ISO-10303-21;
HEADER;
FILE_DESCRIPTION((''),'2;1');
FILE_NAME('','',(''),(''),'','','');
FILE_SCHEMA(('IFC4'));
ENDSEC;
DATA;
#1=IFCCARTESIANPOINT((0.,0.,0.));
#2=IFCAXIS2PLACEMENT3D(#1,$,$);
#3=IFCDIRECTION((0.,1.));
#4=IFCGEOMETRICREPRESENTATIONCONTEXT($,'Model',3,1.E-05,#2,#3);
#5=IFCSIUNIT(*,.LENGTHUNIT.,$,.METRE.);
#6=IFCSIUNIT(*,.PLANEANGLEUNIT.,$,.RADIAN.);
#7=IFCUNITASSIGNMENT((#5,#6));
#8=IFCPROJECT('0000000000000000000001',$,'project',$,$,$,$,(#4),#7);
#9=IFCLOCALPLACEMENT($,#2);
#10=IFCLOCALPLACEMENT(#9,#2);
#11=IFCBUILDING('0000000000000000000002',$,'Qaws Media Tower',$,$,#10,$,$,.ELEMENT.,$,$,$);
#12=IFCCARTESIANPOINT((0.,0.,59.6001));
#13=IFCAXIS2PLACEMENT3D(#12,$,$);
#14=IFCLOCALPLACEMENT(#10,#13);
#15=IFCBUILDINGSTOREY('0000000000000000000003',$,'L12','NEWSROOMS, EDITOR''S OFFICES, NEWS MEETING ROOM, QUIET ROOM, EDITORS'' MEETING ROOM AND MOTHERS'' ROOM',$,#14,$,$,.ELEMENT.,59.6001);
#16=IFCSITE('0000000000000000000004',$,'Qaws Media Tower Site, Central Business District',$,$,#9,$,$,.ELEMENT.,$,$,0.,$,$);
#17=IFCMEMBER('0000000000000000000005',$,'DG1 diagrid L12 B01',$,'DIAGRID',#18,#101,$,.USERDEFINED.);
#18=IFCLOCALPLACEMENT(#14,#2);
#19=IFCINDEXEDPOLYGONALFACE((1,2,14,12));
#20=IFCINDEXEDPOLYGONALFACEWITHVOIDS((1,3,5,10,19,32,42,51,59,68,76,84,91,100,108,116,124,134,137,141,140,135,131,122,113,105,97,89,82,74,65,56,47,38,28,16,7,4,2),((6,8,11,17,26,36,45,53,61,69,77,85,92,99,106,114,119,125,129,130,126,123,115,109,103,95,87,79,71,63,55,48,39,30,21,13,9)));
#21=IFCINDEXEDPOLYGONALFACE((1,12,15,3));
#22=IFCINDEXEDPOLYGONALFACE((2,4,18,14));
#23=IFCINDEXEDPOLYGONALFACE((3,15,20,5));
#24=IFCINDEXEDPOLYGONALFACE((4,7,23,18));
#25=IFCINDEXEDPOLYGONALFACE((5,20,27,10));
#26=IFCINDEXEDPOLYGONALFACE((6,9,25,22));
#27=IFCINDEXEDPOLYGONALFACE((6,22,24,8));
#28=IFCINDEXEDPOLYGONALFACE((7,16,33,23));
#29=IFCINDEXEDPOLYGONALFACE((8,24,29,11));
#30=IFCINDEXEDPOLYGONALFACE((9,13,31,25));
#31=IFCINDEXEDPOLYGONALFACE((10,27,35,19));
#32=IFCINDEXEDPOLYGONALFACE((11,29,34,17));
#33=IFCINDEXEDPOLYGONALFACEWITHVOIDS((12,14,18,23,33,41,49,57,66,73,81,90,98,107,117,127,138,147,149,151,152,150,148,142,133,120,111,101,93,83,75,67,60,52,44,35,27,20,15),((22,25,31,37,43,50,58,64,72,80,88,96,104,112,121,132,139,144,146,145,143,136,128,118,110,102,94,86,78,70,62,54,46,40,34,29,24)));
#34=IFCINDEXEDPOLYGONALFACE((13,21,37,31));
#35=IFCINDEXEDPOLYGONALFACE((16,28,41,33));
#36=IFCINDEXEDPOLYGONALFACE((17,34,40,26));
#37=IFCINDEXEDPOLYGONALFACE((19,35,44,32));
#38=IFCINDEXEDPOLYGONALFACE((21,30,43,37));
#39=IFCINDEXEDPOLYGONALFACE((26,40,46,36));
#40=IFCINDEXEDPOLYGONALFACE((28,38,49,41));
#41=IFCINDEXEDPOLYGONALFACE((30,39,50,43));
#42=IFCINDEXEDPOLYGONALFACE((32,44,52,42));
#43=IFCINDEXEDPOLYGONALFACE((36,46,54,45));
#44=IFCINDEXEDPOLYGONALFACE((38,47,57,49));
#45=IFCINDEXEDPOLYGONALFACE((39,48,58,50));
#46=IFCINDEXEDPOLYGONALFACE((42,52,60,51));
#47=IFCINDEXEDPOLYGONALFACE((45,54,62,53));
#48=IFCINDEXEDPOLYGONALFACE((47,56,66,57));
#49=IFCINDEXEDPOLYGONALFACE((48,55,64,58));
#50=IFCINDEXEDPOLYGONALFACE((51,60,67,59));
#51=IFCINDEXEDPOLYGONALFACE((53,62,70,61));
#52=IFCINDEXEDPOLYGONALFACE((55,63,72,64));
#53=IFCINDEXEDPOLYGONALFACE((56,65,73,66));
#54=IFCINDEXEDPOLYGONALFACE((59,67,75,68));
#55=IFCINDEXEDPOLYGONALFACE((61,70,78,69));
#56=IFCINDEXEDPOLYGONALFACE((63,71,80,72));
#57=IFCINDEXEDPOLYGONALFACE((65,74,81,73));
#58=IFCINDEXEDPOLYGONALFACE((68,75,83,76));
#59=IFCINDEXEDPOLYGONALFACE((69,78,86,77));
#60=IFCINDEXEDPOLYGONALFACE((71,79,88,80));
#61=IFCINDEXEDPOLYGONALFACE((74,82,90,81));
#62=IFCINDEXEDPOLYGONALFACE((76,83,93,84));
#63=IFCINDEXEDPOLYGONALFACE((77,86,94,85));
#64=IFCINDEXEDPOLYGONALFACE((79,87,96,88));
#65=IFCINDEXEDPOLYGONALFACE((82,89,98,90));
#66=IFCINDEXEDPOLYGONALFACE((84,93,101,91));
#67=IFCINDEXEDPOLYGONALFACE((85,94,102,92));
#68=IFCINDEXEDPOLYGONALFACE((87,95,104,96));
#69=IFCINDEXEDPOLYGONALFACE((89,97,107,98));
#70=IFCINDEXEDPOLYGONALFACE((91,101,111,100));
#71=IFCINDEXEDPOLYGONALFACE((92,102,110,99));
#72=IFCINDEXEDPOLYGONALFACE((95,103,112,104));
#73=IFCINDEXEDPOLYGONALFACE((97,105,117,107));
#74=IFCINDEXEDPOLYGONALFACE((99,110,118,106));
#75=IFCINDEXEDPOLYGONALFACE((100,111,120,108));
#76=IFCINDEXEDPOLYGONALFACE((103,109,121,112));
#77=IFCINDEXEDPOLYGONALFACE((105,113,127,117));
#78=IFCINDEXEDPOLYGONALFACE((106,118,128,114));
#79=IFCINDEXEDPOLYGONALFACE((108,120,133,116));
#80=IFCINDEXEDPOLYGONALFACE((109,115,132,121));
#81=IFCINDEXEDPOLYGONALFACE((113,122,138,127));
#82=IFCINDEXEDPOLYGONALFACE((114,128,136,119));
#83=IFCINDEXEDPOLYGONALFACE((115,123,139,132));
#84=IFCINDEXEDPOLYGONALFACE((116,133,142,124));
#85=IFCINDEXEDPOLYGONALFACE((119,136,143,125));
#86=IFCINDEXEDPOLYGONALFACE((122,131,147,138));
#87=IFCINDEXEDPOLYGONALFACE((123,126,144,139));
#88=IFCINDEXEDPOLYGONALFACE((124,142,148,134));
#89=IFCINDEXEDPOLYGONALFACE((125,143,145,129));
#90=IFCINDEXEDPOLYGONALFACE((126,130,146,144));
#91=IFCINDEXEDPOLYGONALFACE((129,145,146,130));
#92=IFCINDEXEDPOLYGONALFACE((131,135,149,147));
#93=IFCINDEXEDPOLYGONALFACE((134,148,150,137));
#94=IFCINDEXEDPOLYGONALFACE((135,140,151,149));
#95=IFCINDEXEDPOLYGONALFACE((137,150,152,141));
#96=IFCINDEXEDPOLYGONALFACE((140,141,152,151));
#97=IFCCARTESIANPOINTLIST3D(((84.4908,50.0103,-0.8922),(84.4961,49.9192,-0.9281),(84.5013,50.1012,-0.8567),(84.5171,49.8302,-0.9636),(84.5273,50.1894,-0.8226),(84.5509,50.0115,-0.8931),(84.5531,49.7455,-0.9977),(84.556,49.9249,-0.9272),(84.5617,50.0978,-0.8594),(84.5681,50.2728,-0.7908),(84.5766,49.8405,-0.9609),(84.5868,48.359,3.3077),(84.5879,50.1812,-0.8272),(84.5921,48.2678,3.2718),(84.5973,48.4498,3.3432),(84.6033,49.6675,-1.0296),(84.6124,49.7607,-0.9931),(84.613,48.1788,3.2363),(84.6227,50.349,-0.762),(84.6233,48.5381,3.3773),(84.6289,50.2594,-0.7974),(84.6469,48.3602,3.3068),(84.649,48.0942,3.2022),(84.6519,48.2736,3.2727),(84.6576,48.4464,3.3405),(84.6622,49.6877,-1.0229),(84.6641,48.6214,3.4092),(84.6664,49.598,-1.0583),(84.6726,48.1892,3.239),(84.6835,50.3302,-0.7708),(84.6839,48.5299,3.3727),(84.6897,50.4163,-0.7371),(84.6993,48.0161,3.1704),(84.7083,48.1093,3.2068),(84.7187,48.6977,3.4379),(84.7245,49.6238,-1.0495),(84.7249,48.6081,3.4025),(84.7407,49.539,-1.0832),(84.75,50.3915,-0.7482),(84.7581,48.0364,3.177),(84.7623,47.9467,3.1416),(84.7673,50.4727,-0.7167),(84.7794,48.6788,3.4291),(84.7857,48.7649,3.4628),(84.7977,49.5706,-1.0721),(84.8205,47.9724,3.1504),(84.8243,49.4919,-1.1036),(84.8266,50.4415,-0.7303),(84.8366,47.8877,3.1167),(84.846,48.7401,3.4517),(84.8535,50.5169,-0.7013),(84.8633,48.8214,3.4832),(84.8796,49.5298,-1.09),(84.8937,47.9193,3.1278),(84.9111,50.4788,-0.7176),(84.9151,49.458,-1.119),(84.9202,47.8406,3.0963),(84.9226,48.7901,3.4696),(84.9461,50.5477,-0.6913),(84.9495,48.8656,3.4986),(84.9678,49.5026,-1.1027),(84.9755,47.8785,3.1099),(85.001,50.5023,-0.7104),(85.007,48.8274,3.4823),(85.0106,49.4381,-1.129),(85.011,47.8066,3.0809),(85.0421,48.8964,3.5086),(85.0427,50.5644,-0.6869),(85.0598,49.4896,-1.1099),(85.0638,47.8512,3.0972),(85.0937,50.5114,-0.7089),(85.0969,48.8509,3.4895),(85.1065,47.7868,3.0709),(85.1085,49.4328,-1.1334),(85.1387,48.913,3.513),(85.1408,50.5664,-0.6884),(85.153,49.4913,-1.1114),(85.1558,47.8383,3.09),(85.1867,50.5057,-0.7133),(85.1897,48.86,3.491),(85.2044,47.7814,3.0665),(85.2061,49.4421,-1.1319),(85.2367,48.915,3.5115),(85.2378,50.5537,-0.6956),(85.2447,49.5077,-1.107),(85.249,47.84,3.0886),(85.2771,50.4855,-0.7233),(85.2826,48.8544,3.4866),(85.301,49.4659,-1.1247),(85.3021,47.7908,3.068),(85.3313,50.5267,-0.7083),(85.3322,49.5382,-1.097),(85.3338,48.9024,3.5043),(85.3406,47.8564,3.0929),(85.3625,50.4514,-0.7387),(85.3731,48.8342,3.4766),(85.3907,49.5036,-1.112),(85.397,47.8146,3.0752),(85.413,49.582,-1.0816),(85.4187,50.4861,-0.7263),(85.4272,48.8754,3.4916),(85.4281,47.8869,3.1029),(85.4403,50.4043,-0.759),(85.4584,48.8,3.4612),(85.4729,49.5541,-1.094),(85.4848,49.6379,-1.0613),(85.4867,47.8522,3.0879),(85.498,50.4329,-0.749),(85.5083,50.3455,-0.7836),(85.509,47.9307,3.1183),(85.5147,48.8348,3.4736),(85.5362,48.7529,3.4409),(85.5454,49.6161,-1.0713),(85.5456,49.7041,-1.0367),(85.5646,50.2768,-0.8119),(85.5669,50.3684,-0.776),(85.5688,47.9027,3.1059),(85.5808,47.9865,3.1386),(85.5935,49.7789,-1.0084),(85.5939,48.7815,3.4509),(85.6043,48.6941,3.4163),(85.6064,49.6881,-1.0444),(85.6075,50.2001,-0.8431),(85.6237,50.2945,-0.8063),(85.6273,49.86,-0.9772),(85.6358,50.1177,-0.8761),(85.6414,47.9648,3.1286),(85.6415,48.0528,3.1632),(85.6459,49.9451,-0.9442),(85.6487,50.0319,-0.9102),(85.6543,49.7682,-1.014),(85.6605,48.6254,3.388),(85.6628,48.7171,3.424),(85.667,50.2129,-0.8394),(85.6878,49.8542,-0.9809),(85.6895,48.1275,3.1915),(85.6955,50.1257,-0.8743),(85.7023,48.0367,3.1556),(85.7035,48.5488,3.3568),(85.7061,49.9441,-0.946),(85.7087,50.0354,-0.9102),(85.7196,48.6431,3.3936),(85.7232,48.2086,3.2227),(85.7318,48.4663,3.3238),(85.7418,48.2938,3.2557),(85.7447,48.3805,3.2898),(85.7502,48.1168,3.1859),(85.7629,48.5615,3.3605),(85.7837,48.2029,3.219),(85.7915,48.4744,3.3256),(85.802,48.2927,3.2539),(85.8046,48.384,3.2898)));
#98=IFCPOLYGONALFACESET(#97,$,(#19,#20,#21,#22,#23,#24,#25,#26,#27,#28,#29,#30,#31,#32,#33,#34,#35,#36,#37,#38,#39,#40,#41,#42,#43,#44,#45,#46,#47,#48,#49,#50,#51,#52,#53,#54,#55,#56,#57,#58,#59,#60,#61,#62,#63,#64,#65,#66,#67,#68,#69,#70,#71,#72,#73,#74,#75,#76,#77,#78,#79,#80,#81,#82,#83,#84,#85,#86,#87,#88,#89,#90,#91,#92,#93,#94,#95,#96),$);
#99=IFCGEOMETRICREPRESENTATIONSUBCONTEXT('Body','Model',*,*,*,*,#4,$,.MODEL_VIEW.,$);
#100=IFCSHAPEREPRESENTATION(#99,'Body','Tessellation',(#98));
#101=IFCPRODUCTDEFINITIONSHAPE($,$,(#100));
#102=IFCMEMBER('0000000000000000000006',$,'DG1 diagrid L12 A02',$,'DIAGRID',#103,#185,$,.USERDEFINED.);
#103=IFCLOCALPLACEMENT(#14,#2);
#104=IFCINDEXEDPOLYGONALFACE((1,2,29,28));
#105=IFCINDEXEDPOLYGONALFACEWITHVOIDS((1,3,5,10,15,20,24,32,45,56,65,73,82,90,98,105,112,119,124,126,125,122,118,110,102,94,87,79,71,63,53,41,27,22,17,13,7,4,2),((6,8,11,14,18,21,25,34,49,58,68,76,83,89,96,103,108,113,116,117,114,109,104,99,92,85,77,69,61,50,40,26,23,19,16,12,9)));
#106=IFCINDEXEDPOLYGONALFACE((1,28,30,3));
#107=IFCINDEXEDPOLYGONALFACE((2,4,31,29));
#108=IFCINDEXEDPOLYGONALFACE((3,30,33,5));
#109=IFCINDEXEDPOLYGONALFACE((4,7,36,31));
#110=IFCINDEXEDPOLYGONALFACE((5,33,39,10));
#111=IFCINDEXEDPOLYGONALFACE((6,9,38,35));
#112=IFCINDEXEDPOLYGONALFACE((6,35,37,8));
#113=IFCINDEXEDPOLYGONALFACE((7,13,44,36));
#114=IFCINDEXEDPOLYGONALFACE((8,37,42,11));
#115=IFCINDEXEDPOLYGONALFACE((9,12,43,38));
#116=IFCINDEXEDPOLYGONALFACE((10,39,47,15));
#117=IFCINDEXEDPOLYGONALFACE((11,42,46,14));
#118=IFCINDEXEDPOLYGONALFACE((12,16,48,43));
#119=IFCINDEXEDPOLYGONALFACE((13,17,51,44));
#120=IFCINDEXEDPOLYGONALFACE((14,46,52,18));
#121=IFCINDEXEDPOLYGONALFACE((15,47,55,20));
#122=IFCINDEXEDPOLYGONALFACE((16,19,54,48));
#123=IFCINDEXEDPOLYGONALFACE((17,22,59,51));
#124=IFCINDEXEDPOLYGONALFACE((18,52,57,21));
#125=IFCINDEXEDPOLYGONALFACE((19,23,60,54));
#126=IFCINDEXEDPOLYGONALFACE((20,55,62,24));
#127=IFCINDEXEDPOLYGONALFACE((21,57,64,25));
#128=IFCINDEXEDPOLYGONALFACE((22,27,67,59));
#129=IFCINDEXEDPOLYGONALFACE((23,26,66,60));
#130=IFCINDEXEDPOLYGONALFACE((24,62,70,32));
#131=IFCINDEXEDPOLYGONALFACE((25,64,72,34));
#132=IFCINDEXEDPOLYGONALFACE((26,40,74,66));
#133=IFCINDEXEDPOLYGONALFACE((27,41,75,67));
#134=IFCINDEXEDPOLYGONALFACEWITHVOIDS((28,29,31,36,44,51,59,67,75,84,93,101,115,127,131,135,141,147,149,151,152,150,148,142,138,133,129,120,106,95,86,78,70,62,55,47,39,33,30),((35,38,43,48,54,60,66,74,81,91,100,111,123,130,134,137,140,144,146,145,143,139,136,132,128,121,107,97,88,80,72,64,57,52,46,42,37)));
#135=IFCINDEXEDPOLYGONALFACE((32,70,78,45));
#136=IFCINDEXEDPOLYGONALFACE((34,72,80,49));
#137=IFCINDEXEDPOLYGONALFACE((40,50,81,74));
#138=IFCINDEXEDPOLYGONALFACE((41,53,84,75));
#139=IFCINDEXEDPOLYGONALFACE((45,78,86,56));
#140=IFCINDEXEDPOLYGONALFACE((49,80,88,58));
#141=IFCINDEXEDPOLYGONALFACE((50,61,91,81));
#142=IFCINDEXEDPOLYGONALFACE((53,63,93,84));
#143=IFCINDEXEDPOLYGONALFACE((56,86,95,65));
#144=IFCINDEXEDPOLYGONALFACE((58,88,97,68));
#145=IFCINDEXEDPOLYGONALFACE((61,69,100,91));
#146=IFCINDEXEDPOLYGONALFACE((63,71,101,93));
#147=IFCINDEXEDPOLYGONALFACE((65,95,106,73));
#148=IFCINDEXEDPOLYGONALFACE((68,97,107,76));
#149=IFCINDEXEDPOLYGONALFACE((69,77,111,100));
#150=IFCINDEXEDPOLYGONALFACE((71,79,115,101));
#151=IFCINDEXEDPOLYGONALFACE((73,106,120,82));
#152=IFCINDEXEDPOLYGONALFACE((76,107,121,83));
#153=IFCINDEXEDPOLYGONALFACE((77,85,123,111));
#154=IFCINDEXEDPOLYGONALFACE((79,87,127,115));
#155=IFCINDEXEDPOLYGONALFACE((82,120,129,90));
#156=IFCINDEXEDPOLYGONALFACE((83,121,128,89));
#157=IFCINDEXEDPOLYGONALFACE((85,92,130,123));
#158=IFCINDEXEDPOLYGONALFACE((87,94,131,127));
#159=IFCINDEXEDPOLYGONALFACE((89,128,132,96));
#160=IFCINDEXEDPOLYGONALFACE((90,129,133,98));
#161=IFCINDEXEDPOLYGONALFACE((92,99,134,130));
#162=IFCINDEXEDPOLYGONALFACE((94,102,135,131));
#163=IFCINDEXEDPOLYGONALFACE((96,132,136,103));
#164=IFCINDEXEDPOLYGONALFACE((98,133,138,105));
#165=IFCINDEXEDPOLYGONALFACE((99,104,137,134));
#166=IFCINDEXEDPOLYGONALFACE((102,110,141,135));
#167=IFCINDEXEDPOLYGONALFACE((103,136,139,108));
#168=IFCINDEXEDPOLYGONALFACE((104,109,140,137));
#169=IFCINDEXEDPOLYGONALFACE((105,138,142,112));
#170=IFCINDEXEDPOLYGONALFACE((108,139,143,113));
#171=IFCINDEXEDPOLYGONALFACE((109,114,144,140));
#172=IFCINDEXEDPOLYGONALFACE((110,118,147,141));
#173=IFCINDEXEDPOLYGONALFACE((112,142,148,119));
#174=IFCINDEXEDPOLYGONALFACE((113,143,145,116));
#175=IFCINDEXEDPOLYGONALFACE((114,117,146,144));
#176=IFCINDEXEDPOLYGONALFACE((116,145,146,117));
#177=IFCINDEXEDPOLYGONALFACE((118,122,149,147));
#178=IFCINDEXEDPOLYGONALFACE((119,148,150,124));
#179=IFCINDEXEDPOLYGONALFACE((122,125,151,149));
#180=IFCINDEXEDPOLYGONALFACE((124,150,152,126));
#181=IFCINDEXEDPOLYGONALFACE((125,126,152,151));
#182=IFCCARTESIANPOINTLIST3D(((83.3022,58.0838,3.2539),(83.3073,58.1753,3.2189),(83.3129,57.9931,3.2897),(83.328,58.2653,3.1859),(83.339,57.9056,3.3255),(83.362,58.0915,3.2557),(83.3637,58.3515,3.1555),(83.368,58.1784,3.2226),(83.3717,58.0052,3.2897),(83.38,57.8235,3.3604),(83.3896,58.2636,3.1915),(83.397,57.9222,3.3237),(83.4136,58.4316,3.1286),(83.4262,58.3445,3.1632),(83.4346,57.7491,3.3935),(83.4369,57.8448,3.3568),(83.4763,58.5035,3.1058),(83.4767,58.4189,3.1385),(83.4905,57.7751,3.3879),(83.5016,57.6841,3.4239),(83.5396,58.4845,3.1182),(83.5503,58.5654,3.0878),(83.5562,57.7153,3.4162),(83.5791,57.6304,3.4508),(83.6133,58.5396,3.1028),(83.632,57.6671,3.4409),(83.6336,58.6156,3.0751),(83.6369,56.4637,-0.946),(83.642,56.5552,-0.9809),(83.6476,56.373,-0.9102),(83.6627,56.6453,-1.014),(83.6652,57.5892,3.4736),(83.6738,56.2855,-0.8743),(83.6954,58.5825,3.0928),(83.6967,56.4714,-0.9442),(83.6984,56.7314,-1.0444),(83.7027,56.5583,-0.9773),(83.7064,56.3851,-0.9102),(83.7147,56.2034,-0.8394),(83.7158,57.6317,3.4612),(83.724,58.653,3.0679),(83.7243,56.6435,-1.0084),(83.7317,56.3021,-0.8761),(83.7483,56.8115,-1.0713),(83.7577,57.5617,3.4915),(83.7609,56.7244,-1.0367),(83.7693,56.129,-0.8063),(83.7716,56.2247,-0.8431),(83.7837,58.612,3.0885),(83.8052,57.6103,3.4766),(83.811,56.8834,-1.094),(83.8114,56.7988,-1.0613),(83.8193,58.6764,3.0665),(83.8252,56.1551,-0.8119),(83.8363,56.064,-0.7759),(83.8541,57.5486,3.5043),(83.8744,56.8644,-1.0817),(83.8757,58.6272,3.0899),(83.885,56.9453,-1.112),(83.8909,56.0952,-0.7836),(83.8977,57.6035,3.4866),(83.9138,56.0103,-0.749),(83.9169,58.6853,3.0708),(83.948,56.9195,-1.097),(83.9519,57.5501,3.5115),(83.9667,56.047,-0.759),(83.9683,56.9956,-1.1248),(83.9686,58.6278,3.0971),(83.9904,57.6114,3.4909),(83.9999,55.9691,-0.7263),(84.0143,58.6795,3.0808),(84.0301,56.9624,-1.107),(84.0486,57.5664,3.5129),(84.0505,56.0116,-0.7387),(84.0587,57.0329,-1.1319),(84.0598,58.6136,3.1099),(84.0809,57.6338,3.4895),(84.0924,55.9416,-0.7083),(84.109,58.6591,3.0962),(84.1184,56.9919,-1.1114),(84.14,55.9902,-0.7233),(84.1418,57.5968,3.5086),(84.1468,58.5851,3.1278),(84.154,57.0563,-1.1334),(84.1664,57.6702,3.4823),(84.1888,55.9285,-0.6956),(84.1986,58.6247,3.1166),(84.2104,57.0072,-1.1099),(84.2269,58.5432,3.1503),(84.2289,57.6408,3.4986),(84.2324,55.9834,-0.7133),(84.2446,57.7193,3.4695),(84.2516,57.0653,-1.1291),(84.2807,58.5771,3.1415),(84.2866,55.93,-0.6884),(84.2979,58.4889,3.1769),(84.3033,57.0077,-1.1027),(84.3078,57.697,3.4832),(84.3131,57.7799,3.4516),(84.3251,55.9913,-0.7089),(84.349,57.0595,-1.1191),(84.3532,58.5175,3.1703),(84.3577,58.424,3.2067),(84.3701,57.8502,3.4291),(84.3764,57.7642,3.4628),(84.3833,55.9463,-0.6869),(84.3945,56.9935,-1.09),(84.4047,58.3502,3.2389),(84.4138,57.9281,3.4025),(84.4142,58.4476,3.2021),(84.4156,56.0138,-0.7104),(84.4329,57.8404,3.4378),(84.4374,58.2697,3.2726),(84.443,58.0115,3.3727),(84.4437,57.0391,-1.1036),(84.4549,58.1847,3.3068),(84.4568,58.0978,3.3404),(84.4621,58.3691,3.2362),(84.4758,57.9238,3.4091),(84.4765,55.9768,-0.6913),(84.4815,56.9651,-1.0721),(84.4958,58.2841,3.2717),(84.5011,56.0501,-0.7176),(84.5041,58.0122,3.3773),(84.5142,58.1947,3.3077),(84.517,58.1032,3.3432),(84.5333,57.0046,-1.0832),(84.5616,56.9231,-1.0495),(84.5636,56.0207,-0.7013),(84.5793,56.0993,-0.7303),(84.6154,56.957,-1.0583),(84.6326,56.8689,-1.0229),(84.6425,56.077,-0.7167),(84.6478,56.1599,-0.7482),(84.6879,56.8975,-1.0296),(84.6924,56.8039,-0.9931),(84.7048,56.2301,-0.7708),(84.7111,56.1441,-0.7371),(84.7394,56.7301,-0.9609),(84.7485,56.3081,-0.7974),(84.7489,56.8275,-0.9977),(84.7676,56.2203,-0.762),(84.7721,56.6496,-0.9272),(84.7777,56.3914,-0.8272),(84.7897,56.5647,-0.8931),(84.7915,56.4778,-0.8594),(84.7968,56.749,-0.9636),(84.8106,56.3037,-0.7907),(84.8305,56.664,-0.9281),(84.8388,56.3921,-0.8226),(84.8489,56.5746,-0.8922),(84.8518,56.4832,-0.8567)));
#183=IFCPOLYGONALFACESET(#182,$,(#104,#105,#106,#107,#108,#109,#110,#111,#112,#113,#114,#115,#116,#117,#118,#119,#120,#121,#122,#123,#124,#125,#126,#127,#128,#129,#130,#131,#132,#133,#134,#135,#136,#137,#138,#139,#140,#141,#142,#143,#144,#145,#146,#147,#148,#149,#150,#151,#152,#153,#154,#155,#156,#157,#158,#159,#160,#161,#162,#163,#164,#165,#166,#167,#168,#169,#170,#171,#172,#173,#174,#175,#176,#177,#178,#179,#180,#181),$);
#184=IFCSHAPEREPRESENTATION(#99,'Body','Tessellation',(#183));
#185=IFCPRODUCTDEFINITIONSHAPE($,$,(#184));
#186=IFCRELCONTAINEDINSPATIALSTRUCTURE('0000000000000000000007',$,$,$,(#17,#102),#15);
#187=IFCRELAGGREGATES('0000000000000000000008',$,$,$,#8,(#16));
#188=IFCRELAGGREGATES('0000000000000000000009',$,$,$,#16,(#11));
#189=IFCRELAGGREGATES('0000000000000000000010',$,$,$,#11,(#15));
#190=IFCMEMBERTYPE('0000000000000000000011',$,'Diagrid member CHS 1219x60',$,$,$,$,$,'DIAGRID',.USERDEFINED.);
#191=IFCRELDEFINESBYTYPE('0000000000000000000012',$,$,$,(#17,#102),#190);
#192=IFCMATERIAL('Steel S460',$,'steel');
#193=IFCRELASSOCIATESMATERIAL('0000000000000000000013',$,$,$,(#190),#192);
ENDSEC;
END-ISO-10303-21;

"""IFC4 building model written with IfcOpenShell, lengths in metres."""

from ifc_helpers import new_model, si_unit, direction, frame, origin, origin_2d, place, context, subcontext, project, spatial, hollow_circle, extrude, material, material_profile, profile_set, type_object, element, save


model = new_model("IFC4")

# Units and contexts
model_context = context("Model", 3, precision=1e-05, world=origin(), true_north=direction((0.0, 1.0)))
body_context = subcontext(model_context, "Body", "Model", "MODEL_VIEW")
ifc_project = project(units=[si_unit("LENGTHUNIT", "METRE"), si_unit("PLANEANGLEUNIT", "RADIAN")], contexts=[model_context])

# Site, building, storey
site_placement = place(None, origin())
site = spatial("IfcSite", under=ifc_project, at=site_placement, Name="Qaws Media Tower Site, Central Business District", CompositionType="ELEMENT", RefElevation=0.0)
building_placement = place(site_placement, origin())
building = spatial("IfcBuilding", under=site, at=building_placement, Name="Qaws Media Tower", CompositionType="ELEMENT")
storey_placement = place(building_placement, frame((0.0, 0.0, 59.6001)))
storey = spatial("IfcBuildingStorey", under=building, at=storey_placement, Name="L12", Description="NEWSROOMS, EDITOR'S OFFICES, NEWS MEETING ROOM, QUIET ROOM, EDITORS' MEETING ROOM AND MOTHERS' ROOM", CompositionType="ELEMENT", Elevation=59.6001)

# Members
ifc_material_1 = material(Name="Steel S460", Category="steel")
ifc_material_profile_1 = material_profile(ifc_material_1, hollow_circle(Radius=0.6096, WallThickness=0.0601, at=origin_2d()), Name="CHS 1219x60")
ifc_profile_set_1 = profile_set([ifc_material_profile_1], Name="Steel S460")
member_type_1 = type_object("IfcMemberType", Name="Diagrid member CHS 1219x60", ElementType="DIAGRID", PredefinedType="USERDEFINED", material=ifc_profile_set_1)
for number, where, z_axis, x_axis, name in (
    (1, (85.1001, 50.0, -0.9102), (0.021256, -0.365836, 0.930437), (0.998316, 0.058004, 0.0), "DG1 diagrid L12 B01"),
    (2, (84.2446, 56.4963, -0.9102), (-0.07415, 0.358908, 0.930423), (-0.979318, -0.202327, 0.0), "DG1 diagrid L12 A02"),
):
    element("IfcMember", number, at=place(storey_placement, frame(where, z_axis=z_axis, x_axis=x_axis)), inside=storey, type_object=member_type_1, Name=name, ObjectType="DIAGRID", PredefinedType="USERDEFINED", context=body_context, shape_type="SweptSolid", body=[
        extrude(hollow_circle(Radius=0.6096, WallThickness=0.0601, at=origin_2d()), origin(), (0.0, 0.0, 1.0), 4.5139),
    ])

save(model, "model.ifc")
